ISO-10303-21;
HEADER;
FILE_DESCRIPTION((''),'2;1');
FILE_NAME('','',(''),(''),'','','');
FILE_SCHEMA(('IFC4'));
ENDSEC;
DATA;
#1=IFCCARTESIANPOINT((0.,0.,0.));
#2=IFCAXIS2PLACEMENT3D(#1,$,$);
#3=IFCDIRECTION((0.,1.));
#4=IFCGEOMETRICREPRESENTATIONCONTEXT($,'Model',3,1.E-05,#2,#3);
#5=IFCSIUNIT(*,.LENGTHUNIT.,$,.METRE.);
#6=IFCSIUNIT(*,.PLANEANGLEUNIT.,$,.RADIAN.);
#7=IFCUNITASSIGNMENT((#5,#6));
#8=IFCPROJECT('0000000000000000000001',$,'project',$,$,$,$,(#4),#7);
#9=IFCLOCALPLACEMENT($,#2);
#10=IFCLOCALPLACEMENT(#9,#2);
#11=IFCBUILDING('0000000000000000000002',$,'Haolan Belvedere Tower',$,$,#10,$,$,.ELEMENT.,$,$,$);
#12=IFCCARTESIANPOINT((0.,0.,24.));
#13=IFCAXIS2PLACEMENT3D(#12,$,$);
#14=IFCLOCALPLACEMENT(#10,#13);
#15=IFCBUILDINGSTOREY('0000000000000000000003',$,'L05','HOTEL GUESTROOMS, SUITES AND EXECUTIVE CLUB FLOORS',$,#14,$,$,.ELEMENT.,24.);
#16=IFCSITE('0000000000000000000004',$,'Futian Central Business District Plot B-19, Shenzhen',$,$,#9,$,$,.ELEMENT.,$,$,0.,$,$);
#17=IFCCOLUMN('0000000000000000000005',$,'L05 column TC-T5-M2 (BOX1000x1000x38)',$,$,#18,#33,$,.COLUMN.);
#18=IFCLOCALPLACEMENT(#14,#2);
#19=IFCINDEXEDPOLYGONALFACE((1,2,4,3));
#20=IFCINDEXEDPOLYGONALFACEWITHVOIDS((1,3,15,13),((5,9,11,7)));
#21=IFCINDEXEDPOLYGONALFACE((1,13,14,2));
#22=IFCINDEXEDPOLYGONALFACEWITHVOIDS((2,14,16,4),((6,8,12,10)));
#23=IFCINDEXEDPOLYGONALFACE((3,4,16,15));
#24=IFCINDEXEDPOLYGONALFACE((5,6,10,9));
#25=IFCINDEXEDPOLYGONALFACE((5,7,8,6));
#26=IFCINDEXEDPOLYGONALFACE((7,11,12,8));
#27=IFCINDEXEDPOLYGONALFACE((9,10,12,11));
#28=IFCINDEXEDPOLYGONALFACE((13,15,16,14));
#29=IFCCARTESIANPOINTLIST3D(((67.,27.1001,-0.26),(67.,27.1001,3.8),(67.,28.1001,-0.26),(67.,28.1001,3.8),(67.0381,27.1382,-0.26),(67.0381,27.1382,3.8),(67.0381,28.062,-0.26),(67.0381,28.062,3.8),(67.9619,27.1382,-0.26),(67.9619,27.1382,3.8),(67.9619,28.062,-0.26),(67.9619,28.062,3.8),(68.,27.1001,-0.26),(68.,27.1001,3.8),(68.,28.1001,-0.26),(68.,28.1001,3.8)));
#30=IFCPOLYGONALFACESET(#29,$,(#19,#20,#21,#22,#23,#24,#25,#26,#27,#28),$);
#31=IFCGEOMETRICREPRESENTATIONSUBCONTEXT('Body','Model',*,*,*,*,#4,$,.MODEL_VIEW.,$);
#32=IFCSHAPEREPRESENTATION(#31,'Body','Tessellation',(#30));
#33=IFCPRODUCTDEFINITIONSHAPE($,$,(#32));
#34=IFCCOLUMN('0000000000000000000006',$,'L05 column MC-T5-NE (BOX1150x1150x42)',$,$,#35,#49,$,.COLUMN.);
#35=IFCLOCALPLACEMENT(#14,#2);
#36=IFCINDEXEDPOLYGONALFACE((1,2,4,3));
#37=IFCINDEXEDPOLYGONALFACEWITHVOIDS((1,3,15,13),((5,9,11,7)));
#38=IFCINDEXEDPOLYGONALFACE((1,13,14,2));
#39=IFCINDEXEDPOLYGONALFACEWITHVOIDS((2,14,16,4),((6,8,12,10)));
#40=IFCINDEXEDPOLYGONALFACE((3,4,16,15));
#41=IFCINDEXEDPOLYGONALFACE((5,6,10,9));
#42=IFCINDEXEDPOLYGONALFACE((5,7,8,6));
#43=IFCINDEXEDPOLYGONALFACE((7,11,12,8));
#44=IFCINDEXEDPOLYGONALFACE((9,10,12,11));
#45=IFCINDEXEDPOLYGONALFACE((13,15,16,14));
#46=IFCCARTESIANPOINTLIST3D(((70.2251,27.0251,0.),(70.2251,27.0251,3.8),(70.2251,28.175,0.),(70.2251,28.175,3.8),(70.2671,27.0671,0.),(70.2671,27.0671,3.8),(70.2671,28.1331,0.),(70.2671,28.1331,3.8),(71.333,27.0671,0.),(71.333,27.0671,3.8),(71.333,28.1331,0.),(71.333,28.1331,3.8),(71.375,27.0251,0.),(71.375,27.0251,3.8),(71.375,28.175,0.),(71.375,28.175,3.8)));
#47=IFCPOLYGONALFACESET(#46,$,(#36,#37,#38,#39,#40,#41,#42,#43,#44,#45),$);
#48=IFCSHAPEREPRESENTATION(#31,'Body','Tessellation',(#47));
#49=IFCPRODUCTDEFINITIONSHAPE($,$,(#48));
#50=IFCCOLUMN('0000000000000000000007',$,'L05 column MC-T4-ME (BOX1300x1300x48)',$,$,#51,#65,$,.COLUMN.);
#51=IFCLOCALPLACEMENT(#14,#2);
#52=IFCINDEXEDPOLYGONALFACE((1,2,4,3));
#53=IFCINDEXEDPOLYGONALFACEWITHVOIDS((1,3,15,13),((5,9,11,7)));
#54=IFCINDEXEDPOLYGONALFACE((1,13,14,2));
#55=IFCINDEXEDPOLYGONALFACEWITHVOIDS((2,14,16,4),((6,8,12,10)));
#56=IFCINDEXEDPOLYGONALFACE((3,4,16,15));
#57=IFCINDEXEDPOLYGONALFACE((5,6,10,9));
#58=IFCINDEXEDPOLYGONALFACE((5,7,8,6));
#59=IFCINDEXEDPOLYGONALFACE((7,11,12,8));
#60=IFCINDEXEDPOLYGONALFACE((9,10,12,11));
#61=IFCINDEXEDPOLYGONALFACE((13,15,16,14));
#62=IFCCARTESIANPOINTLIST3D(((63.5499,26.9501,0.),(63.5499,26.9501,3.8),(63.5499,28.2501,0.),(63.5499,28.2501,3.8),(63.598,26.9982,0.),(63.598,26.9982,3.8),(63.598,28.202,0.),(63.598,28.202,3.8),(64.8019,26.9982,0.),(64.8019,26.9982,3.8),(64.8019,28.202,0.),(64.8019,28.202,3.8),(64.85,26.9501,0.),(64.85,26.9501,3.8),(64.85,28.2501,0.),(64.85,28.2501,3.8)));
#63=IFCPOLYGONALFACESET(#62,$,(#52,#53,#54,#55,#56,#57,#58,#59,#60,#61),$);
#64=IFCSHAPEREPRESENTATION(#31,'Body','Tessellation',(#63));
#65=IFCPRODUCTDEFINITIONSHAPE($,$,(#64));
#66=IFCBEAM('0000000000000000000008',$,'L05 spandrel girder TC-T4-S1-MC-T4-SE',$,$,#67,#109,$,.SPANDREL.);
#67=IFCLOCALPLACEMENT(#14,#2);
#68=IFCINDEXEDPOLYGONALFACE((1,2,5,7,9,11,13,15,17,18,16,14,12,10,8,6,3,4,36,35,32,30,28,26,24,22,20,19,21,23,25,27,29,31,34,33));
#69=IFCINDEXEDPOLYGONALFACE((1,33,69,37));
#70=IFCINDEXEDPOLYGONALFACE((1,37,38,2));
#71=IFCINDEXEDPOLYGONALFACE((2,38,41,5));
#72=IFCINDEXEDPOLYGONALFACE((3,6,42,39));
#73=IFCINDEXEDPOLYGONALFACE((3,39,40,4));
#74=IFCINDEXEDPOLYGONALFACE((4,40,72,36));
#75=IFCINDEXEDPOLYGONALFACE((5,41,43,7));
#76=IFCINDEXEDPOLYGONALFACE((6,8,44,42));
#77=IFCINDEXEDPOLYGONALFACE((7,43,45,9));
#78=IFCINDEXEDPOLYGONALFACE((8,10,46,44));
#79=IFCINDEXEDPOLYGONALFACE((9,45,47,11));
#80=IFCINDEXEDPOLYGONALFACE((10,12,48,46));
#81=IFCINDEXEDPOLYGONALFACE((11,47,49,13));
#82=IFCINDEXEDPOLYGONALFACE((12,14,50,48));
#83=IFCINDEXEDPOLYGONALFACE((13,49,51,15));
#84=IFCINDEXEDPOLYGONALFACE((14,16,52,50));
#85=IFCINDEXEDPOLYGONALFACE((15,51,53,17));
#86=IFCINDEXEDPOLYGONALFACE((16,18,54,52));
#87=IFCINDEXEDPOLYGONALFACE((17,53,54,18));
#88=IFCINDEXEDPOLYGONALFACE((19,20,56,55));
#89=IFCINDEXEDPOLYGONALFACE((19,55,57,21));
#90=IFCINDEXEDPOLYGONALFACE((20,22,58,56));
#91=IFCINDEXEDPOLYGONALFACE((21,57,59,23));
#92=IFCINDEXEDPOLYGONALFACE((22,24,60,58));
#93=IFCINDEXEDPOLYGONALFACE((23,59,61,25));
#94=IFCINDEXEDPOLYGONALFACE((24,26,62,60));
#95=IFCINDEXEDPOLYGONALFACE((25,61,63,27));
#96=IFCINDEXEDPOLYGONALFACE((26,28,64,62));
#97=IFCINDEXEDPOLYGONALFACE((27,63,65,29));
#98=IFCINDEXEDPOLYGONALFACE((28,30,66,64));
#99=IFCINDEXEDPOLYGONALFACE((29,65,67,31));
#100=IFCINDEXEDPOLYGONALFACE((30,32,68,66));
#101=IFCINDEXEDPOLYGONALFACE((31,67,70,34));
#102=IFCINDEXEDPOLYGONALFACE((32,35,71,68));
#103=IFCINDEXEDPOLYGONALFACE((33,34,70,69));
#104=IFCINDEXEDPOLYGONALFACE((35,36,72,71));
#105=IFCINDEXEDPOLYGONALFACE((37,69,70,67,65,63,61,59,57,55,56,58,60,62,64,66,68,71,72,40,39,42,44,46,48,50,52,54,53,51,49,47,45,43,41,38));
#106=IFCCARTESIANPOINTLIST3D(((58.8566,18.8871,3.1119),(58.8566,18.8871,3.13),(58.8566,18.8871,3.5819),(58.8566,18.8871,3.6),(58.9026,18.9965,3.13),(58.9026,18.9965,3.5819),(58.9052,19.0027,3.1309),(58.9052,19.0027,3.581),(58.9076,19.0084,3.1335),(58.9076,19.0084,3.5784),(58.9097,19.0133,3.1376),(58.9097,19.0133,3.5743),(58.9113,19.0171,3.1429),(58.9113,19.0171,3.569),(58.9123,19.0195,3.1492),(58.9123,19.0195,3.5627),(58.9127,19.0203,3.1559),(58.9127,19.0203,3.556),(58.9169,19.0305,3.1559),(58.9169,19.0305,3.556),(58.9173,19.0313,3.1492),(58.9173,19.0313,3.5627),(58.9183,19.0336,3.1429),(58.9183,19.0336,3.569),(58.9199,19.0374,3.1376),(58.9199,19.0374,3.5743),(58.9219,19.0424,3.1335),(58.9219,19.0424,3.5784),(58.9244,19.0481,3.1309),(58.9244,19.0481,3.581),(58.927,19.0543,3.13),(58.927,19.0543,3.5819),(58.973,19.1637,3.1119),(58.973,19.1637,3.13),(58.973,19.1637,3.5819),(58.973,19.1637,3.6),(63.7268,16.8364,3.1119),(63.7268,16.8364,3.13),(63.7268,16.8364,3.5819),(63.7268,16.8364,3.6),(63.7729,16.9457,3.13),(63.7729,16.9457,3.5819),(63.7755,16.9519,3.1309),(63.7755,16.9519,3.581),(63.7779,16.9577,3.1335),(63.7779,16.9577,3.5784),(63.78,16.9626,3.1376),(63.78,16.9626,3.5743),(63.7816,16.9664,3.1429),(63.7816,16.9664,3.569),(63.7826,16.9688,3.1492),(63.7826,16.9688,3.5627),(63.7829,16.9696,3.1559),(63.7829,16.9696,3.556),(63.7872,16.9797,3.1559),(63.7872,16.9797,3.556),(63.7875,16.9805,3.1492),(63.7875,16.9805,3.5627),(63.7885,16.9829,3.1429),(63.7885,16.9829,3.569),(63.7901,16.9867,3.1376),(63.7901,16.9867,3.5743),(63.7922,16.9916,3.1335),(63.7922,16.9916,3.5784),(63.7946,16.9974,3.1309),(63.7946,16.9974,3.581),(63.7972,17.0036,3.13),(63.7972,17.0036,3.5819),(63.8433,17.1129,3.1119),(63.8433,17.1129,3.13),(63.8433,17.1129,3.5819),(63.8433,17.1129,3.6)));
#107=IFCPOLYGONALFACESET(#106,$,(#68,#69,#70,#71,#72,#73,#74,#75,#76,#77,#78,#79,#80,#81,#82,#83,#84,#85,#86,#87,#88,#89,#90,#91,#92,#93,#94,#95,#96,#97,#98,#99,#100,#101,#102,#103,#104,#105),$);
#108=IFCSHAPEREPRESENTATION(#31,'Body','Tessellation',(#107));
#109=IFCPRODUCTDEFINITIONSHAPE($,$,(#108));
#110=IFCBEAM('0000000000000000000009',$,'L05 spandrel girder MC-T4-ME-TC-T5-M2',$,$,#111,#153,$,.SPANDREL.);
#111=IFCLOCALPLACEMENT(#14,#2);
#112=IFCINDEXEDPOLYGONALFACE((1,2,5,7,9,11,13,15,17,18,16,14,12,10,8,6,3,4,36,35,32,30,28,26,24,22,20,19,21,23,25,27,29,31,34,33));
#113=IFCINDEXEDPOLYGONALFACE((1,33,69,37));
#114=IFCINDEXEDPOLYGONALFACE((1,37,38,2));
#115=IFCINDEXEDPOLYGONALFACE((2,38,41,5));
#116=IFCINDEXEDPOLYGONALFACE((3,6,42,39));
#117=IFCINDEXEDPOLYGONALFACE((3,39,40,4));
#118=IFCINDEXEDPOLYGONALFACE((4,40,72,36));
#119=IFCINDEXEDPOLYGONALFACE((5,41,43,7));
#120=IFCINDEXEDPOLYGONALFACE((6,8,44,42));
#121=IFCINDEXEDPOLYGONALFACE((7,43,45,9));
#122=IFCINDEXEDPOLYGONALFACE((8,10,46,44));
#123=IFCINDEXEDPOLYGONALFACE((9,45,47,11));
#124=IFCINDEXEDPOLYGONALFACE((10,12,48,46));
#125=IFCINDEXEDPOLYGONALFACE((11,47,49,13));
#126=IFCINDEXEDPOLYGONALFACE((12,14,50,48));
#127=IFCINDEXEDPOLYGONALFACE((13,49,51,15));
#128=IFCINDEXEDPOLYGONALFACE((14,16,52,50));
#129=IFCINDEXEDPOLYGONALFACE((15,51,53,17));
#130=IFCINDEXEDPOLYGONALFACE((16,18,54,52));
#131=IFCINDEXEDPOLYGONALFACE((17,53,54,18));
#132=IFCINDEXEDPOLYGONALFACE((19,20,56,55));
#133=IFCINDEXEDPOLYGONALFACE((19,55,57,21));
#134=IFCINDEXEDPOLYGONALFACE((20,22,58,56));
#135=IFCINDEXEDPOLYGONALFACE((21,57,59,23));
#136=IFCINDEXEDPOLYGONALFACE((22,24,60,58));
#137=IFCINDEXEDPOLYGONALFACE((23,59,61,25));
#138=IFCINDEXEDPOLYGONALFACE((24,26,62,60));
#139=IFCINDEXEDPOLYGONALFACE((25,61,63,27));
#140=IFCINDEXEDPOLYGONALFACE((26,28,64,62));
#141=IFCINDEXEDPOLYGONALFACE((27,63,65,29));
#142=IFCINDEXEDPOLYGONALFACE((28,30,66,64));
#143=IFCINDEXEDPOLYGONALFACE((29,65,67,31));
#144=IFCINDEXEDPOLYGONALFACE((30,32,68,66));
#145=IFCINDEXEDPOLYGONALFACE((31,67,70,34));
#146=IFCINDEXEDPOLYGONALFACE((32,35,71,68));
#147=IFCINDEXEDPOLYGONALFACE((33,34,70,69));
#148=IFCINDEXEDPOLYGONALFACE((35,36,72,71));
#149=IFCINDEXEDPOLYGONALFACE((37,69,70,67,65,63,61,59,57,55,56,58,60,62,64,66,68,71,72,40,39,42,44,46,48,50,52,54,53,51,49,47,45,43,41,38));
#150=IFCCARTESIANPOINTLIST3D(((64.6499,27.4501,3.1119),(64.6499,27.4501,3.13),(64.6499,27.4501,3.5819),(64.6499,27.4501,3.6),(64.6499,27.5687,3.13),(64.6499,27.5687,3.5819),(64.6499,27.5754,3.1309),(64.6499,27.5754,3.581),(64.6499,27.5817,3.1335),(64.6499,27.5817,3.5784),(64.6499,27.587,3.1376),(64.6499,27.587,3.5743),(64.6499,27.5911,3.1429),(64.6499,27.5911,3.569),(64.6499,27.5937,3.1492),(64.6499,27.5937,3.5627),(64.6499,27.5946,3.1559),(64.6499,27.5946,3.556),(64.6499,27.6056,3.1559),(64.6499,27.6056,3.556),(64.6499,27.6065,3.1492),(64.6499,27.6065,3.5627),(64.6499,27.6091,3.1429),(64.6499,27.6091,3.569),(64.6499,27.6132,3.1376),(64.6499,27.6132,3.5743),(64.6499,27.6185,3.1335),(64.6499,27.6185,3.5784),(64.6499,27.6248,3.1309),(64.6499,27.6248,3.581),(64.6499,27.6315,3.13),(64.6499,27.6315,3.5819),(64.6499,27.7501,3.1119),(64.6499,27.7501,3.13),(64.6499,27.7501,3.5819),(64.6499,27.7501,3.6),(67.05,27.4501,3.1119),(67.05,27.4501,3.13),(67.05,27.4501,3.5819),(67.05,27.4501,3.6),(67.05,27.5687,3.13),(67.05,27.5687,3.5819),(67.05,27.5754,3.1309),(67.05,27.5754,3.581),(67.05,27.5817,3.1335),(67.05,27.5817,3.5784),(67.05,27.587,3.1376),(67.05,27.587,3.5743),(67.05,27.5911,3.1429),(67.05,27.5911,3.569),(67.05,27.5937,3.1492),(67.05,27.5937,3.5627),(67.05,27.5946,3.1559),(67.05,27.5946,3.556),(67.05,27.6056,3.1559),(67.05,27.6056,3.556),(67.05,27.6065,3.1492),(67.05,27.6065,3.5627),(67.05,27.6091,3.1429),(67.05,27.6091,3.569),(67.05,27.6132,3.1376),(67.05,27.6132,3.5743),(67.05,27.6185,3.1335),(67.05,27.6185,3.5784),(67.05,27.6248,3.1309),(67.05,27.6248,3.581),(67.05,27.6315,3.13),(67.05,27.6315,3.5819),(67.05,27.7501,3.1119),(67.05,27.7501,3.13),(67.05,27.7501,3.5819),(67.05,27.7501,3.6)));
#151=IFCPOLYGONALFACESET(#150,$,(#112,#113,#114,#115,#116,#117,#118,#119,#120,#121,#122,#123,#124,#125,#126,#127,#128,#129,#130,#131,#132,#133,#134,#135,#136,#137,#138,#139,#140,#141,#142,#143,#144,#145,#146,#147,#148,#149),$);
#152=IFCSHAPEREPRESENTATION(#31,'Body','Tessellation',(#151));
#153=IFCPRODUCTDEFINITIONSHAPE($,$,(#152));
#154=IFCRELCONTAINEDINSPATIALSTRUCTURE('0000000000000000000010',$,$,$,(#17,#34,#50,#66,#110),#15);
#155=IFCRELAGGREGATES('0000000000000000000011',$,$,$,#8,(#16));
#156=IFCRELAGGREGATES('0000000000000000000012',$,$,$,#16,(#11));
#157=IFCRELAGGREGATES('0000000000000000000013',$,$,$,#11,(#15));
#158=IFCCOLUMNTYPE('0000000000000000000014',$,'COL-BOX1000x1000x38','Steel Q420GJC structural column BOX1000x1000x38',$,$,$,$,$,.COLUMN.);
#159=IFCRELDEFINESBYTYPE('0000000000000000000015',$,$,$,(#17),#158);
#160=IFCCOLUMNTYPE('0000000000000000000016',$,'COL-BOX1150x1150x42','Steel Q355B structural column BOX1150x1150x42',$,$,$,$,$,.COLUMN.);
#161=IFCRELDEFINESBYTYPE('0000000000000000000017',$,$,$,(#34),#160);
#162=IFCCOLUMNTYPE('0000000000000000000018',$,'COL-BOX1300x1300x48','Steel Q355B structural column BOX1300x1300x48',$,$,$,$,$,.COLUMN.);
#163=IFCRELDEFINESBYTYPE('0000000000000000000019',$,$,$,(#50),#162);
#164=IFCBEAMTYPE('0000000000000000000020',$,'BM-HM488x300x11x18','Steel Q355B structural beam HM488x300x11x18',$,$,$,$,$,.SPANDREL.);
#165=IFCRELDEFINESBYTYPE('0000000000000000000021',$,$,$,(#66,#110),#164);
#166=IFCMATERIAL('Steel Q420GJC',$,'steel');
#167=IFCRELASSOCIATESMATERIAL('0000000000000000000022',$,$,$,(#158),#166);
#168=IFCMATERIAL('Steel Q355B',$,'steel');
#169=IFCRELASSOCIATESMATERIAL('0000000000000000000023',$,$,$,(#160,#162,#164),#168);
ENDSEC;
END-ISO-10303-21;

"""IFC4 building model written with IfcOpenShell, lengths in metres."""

from ifc_helpers import new_model, si_unit, direction, frame, origin, origin_2d, place, context, subcontext, project, spatial, hollow_rectangle, i_section, extrude, material, material_profile, profile_set, type_object, element, save


model = new_model("IFC4")

# Units and contexts
model_context = context("Model", 3, precision=1e-05, world=origin(), true_north=direction((0.0, 1.0)))
body_context = subcontext(model_context, "Body", "Model", "MODEL_VIEW")
ifc_project = project(units=[si_unit("LENGTHUNIT", "METRE"), si_unit("PLANEANGLEUNIT", "RADIAN")], contexts=[model_context])

# Site, building, storey
site_placement = place(None, origin())
site = spatial("IfcSite", under=ifc_project, at=site_placement, Name="Futian Central Business District Plot B-19, Shenzhen", CompositionType="ELEMENT", RefElevation=0.0)
building_placement = place(site_placement, origin())
building = spatial("IfcBuilding", under=site, at=building_placement, Name="Haolan Belvedere Tower", CompositionType="ELEMENT")
storey_placement = place(building_placement, frame((0.0, 0.0, 24.0)))
storey = spatial("IfcBuildingStorey", under=building, at=storey_placement, Name="L05", Description="HOTEL GUESTROOMS, SUITES AND EXECUTIVE CLUB FLOORS", CompositionType="ELEMENT", Elevation=24.0)

# Columns
ifc_material_1 = material(Name="Steel Q420GJC", Category="steel")
ifc_material_profile_1 = material_profile(ifc_material_1, hollow_rectangle(XDim=1.0, YDim=1.0, WallThickness=0.0381, at=origin_2d()), Name="Steel Q420GJC")
ifc_profile_set_1 = profile_set([ifc_material_profile_1], Name="Steel Q420GJC")
column_type_1 = type_object("IfcColumnType", Name="COL-BOX1000x1000x38", Description="Steel Q420GJC structural column BOX1000x1000x38", PredefinedType="COLUMN", material=ifc_profile_set_1)
column_1_placement = place(storey_placement, frame((67.5, 27.6001, -0.26), z_axis=(0.0, 0.0, 1.0), x_axis=(1.0, 0.0, 0.0)))
element("IfcColumn", 1, at=column_1_placement, inside=storey, type_object=column_type_1, Name="L05 column TC-T5-M2 (BOX1000x1000x38)", PredefinedType="COLUMN", context=body_context, shape_type="SweptSolid", body=[
    extrude(hollow_rectangle(XDim=1.0, YDim=1.0, WallThickness=0.0381, at=origin_2d()), origin(), (0.0, 0.0, 1.0), 4.0601),
])
ifc_material_2 = material(Name="Steel Q355B", Category="steel")
ifc_material_profile_2 = material_profile(ifc_material_2, hollow_rectangle(XDim=1.1499, YDim=1.1499, WallThickness=0.042, at=origin_2d()), Name="Steel Q355B")
ifc_profile_set_2 = profile_set([ifc_material_profile_2], Name="Steel Q355B")
column_type_2 = type_object("IfcColumnType", Name="COL-BOX1150x1150x42", Description="Steel Q355B structural column BOX1150x1150x42", PredefinedType="COLUMN", material=ifc_profile_set_2)
column_2_placement = place(storey_placement, frame((70.8, 27.6001, 0.0), z_axis=(0.0, 0.0, 1.0), x_axis=(1.0, 0.0, 0.0)))
element("IfcColumn", 2, at=column_2_placement, inside=storey, type_object=column_type_2, Name="L05 column MC-T5-NE (BOX1150x1150x42)", PredefinedType="COLUMN", context=body_context, shape_type="SweptSolid", body=[
    extrude(hollow_rectangle(XDim=1.1499, YDim=1.1499, WallThickness=0.042, at=origin_2d()), origin(), (0.0, 0.0, 1.0), 3.8),
])
ifc_material_profile_3 = material_profile(ifc_material_2, hollow_rectangle(XDim=1.3, YDim=1.3, WallThickness=0.0481, at=origin_2d()), Name="Steel Q355B")
ifc_profile_set_3 = profile_set([ifc_material_profile_3], Name="Steel Q355B")
column_type_3 = type_object("IfcColumnType", Name="COL-BOX1300x1300x48", Description="Steel Q355B structural column BOX1300x1300x48", PredefinedType="COLUMN", material=ifc_profile_set_3)
column_3_placement = place(storey_placement, frame((64.2, 27.6001, 0.0), z_axis=(0.0, 0.0, 1.0), x_axis=(1.0, 0.0, 0.0)))
element("IfcColumn", 3, at=column_3_placement, inside=storey, type_object=column_type_3, Name="L05 column MC-T4-ME (BOX1300x1300x48)", PredefinedType="COLUMN", context=body_context, shape_type="SweptSolid", body=[
    extrude(hollow_rectangle(XDim=1.3, YDim=1.3, WallThickness=0.0481, at=origin_2d()), origin(), (0.0, 0.0, 1.0), 3.8),
])

# Beams
ifc_material_profile_4 = material_profile(ifc_material_2, i_section(OverallWidth=0.3, OverallDepth=0.488, WebThickness=0.011, FlangeThickness=0.0181, FilletRadius=0.0259, at=origin_2d()), Name="Steel Q355B")
ifc_profile_set_4 = profile_set([ifc_material_profile_4], Name="Steel Q355B")
beam_type = type_object("IfcBeamType", Name="BM-HM488x300x11x18", Description="Steel Q355B structural beam HM488x300x11x18", PredefinedType="SPANDREL", material=ifc_profile_set_4)
beam_placement = place(storey_placement, frame((58.9148, 19.0254, 3.356), z_axis=(0.921628, -0.388074, 0.0), x_axis=(0.388074, 0.921628, 0.0)))
element("IfcBeam", 4, at=beam_placement, inside=storey, type_object=beam_type, Name="L05 spandrel girder TC-T4-S1-MC-T4-SE", PredefinedType="SPANDREL", context=body_context, shape_type="SweptSolid", body=[
    extrude(i_section(OverallWidth=0.3, OverallDepth=0.488, WebThickness=0.011, FlangeThickness=0.0181, FilletRadius=0.0259, at=origin_2d()), origin(), (0.0, 0.0, 1.0), 5.2844),
])
for number, where, z_axis, x_axis, name in (
    (5, (64.6499, 27.6001, 3.356), (1.0, 0.0, 0.0), (0.0, 1.0, 0.0), "L05 spandrel girder MC-T4-ME-TC-T5-M2"),
):
    element("IfcBeam", number, at=place(storey_placement, frame(where, z_axis=z_axis, x_axis=x_axis)), inside=storey, type_object=beam_type, Name=name, PredefinedType="SPANDREL", context=body_context, shape_type="SweptSolid", body=[
        extrude(i_section(OverallWidth=0.3, OverallDepth=0.488, WebThickness=0.011, FlangeThickness=0.0181, FilletRadius=0.0259, at=origin_2d()), origin(), (0.0, 0.0, 1.0), 2.4001),
    ])

save(model, "model.ifc")
